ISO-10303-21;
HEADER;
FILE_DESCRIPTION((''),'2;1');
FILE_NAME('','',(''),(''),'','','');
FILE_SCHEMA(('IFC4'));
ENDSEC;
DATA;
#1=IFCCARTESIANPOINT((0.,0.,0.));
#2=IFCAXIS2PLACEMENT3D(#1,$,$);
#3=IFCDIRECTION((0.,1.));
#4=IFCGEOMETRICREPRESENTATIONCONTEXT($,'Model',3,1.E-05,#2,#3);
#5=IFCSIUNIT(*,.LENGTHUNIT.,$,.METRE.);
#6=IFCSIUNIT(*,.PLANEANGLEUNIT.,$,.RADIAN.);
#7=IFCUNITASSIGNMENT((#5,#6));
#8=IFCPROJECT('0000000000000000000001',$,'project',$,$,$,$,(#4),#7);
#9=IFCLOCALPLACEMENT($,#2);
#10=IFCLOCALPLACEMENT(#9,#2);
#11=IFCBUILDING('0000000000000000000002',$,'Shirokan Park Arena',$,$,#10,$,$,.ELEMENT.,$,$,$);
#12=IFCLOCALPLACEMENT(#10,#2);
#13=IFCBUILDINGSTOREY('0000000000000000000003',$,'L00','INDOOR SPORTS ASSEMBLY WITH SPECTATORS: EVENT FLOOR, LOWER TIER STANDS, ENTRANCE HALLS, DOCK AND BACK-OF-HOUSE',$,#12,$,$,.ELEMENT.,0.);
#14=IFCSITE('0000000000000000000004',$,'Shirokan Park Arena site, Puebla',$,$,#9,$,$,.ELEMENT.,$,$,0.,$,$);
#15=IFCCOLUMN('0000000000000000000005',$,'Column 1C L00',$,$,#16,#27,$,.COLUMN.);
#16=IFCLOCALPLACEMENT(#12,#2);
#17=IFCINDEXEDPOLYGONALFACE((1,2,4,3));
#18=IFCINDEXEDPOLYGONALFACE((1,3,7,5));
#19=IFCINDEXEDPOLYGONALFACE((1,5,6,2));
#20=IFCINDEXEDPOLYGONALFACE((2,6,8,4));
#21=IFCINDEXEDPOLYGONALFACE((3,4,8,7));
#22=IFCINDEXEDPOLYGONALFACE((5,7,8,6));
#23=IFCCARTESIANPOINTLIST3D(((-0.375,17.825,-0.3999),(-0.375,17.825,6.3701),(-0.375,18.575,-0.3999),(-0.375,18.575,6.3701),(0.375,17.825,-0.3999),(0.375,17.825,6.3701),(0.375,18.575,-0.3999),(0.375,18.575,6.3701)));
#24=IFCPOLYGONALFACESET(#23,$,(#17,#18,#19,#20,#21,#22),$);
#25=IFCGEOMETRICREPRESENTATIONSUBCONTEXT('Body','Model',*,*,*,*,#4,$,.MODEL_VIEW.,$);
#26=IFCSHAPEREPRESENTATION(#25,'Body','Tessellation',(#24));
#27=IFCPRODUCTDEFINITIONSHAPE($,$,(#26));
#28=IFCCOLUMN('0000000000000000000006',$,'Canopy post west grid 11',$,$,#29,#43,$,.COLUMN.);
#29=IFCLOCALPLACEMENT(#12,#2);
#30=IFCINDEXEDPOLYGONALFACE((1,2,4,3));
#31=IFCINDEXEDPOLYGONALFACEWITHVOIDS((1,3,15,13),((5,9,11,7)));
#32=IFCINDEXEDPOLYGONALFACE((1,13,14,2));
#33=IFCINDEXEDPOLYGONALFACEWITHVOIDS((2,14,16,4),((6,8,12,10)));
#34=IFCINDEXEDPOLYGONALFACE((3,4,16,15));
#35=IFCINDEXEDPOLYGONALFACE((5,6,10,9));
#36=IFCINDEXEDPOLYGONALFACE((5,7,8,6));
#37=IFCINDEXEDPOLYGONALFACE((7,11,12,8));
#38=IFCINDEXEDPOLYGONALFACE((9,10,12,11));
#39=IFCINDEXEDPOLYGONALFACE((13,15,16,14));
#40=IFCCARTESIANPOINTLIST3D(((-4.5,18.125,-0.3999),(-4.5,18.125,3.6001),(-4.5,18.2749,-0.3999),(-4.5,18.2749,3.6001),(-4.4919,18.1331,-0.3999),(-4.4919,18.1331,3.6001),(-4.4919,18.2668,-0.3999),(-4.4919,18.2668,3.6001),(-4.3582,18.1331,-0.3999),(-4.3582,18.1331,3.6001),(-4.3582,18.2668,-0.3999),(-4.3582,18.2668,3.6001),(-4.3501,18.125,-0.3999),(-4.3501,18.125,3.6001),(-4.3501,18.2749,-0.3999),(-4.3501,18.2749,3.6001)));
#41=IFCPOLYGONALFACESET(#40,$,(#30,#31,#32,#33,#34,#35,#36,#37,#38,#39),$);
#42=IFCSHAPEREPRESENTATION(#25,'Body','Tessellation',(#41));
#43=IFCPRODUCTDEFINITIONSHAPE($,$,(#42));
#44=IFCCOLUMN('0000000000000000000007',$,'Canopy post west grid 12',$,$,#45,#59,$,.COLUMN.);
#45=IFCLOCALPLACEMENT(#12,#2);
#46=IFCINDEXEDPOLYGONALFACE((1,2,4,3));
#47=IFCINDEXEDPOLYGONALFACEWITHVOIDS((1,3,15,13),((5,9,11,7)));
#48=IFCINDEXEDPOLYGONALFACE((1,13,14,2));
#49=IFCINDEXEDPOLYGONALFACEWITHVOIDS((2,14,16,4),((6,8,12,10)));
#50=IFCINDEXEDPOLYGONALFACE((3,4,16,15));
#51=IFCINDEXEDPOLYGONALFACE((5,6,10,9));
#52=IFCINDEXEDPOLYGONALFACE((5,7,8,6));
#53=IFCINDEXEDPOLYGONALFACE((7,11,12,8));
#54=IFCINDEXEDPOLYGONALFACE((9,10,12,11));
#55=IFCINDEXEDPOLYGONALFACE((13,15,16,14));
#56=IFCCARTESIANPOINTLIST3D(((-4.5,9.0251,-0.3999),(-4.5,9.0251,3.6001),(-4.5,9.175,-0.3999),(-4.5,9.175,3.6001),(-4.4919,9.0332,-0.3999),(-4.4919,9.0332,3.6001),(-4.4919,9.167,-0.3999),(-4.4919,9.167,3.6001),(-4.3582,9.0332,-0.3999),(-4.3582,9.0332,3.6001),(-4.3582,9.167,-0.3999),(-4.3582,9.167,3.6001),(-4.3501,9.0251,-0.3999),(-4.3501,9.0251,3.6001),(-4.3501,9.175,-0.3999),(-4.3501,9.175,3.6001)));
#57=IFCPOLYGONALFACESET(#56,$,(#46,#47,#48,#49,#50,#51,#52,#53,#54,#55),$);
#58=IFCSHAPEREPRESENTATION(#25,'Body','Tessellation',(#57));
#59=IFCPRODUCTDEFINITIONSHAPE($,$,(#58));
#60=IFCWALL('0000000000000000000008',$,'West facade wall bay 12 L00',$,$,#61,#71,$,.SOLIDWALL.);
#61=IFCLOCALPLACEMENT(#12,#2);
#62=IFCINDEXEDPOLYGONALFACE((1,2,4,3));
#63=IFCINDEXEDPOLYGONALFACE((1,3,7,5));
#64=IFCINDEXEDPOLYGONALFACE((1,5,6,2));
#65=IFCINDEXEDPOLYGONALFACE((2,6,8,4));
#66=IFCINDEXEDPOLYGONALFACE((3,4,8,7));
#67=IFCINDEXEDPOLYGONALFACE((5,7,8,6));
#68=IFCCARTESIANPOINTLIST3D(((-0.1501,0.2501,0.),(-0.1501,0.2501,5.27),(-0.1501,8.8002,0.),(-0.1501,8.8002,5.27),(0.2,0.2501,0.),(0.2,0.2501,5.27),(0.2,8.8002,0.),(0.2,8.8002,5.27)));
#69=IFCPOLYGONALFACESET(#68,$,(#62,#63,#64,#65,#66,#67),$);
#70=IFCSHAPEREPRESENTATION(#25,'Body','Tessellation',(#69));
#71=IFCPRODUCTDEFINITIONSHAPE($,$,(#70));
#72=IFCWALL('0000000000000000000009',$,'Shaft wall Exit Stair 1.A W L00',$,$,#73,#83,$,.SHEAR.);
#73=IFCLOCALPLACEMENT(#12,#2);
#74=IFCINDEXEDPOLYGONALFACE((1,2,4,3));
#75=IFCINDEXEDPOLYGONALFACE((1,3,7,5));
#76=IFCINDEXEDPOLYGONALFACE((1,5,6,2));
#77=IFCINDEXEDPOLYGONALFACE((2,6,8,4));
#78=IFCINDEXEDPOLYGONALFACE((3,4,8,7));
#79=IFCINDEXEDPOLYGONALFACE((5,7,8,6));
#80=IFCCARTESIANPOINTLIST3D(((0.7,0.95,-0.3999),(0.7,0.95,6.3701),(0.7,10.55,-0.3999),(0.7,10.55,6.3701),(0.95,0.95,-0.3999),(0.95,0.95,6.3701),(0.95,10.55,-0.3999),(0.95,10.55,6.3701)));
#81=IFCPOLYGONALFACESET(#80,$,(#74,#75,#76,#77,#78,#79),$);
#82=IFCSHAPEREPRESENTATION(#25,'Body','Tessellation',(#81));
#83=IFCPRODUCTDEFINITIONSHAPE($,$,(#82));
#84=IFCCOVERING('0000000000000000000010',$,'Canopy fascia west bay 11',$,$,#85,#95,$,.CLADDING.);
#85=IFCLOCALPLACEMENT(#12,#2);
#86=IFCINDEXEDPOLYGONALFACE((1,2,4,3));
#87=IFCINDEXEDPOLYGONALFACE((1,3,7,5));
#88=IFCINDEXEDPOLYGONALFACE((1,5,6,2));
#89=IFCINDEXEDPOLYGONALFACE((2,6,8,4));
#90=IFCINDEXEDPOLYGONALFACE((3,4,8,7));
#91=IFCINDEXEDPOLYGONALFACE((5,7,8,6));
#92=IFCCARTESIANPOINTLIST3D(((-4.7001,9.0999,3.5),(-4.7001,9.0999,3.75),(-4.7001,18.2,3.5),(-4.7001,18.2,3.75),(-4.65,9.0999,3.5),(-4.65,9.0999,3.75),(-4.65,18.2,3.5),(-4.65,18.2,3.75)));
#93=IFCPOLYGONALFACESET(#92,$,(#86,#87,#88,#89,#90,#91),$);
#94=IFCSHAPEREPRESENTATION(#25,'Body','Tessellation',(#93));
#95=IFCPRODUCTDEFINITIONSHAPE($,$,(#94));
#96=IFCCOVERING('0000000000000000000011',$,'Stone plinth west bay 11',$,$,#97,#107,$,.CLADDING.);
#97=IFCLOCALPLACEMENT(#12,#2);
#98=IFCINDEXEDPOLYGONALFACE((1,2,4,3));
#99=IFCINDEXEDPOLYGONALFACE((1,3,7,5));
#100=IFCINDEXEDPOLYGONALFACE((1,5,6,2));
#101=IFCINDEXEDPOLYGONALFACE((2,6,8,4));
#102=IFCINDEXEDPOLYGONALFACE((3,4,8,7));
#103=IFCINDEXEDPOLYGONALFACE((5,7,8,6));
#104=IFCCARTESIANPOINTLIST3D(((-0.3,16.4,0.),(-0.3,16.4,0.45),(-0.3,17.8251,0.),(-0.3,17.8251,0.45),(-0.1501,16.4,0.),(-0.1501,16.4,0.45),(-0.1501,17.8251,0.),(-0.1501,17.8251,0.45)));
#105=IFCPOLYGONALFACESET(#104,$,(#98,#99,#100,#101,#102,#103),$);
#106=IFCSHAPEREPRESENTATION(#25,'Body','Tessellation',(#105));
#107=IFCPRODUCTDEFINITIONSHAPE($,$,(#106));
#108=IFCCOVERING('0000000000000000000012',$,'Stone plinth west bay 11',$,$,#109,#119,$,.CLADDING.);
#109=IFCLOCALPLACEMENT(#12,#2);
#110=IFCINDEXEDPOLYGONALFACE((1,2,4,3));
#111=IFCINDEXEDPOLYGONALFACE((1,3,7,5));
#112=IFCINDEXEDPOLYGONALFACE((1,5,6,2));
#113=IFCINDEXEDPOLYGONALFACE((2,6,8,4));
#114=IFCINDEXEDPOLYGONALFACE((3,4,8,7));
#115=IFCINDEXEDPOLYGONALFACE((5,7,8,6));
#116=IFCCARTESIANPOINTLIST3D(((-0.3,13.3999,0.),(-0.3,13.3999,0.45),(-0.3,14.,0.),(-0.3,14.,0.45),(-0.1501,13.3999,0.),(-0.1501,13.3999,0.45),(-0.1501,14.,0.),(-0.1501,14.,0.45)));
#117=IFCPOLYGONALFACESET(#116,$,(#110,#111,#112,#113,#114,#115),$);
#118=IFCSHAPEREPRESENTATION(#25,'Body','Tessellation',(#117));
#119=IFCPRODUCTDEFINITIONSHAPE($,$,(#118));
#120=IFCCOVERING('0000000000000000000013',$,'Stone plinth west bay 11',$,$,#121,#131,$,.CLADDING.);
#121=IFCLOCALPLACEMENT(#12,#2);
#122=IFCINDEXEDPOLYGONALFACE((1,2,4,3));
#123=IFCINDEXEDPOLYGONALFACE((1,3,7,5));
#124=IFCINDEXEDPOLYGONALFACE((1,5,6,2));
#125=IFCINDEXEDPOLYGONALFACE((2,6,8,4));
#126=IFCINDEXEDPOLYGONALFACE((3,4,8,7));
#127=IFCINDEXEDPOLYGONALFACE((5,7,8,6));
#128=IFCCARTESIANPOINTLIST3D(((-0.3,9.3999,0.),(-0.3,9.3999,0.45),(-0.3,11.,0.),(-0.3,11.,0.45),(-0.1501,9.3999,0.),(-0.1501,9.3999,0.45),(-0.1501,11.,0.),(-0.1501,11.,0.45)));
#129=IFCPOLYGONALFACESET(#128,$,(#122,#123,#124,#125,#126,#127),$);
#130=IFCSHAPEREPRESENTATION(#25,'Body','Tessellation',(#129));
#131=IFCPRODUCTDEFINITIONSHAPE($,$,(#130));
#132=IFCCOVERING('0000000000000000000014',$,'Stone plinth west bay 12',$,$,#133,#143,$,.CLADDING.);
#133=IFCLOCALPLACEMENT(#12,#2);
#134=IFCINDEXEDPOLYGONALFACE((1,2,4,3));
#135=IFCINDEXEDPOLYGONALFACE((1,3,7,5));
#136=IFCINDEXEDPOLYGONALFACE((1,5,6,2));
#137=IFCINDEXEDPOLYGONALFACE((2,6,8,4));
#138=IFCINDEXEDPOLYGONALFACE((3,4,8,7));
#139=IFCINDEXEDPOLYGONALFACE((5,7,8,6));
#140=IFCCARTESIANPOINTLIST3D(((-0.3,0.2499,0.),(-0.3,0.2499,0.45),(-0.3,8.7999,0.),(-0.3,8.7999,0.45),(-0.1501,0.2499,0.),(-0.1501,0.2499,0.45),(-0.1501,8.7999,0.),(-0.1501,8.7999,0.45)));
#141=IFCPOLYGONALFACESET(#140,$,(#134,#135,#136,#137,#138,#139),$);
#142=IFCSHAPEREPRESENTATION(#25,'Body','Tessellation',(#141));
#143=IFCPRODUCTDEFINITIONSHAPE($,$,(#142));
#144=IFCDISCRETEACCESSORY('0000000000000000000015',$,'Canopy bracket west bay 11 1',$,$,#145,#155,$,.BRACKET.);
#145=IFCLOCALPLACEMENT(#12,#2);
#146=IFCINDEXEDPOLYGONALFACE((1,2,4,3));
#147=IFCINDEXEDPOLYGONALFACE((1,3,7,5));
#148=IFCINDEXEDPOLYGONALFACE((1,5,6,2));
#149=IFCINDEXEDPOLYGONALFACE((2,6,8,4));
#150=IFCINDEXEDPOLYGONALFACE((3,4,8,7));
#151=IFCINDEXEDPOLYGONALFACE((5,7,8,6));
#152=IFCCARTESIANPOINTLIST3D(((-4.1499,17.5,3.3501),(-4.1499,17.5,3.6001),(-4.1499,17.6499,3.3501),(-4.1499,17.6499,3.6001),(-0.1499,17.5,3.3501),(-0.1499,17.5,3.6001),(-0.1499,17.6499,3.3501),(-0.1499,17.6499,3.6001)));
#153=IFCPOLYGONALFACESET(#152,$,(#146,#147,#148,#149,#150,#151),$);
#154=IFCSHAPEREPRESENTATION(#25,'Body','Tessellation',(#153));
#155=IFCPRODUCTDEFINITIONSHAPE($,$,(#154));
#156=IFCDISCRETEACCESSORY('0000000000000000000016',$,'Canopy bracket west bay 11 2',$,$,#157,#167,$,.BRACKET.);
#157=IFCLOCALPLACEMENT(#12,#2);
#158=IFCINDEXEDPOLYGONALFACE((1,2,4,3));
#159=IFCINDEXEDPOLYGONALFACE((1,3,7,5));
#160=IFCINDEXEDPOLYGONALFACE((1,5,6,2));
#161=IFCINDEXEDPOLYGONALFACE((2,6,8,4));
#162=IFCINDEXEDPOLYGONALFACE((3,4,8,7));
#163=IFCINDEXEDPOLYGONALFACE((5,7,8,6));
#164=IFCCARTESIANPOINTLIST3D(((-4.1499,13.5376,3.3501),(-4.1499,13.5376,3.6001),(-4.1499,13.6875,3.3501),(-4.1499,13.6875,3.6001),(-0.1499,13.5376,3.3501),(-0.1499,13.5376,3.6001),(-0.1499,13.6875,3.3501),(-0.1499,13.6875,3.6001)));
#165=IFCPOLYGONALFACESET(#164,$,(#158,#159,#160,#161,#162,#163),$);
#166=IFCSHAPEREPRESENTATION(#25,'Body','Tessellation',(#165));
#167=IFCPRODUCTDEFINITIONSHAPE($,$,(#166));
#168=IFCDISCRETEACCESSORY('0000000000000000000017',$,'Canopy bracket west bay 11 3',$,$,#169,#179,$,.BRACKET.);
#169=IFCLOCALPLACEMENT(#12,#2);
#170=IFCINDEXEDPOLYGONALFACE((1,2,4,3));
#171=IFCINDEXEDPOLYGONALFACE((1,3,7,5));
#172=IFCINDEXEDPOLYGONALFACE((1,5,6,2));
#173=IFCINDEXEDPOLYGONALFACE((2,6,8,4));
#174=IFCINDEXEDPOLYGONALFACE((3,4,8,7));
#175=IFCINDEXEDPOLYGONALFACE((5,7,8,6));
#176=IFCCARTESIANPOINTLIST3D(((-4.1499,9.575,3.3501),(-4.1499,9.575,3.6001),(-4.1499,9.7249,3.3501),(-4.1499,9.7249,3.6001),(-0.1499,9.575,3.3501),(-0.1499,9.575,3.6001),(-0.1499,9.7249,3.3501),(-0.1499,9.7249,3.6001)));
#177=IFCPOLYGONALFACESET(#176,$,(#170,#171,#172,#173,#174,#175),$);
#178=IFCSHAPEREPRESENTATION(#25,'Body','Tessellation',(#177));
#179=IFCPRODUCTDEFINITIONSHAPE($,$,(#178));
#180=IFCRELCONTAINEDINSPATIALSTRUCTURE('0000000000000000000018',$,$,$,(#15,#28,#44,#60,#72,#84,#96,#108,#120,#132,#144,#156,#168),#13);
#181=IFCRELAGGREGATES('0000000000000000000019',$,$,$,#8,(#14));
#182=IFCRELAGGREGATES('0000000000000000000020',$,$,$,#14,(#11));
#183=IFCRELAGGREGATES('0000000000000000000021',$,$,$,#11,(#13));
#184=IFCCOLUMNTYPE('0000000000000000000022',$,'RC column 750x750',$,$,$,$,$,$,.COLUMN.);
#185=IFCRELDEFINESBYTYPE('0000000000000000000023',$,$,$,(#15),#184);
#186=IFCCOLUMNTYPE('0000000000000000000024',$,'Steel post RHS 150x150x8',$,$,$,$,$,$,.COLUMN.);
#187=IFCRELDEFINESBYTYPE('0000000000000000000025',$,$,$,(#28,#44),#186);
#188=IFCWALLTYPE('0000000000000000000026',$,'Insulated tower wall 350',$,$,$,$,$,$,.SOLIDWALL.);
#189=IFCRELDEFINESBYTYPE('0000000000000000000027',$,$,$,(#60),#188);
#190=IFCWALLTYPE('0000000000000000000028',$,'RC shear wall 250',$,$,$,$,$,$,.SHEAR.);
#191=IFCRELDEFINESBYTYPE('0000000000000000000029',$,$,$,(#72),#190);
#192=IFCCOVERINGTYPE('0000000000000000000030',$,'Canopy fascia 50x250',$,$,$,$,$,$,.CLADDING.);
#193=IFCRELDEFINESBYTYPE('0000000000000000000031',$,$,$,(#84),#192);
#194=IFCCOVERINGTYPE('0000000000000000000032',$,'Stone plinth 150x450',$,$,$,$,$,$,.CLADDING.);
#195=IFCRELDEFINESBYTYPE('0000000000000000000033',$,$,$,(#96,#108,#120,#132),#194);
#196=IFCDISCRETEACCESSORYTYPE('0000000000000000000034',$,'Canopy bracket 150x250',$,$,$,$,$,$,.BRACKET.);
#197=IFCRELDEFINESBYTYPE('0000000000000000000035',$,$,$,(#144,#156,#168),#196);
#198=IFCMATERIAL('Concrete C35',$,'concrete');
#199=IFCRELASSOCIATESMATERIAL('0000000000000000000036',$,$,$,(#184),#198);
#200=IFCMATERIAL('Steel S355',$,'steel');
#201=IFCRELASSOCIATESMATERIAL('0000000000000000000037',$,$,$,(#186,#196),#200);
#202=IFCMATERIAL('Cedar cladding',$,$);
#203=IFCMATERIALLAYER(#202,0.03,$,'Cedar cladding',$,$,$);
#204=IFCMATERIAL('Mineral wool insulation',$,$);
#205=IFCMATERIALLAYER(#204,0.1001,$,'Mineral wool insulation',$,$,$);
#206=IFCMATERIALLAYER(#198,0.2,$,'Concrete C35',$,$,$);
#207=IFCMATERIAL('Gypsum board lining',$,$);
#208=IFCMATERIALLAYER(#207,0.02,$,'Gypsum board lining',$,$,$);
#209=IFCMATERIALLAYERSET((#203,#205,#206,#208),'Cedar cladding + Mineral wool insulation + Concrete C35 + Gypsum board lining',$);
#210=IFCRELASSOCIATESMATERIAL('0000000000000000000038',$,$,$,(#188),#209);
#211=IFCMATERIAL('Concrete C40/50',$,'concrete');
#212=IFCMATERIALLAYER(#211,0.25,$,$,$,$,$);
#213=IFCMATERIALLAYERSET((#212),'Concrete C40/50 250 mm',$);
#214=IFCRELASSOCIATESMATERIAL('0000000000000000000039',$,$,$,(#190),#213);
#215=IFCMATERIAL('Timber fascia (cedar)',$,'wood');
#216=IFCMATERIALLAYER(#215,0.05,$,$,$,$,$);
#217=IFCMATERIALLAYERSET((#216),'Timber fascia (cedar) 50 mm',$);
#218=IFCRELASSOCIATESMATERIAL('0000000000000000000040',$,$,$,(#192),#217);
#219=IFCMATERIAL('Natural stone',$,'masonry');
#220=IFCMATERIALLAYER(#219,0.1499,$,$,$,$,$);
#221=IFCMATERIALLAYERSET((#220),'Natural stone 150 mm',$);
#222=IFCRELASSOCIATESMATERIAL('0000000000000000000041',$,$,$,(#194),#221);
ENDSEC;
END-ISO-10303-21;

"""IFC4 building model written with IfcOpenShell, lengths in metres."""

from ifc_helpers import new_model, si_unit, direction, frame, frame_2d, origin, origin_2d, place, context, subcontext, project, spatial, rectangle, hollow_rectangle, extrude, material, layer, layer_set, material_profile, profile_set, type_object, element, save


model = new_model("IFC4")

# Units and contexts
model_context = context("Model", 3, precision=1e-05, world=origin(), true_north=direction((0.0, 1.0)))
body_context = subcontext(model_context, "Body", "Model", "MODEL_VIEW")
ifc_project = project(units=[si_unit("LENGTHUNIT", "METRE"), si_unit("PLANEANGLEUNIT", "RADIAN")], contexts=[model_context])

# Site, building, storey
site_placement = place(None, origin())
site = spatial("IfcSite", under=ifc_project, at=site_placement, Name="Shirokan Park Arena site, Puebla", CompositionType="ELEMENT", RefElevation=0.0)
building_placement = place(site_placement, origin())
building = spatial("IfcBuilding", under=site, at=building_placement, Name="Shirokan Park Arena", CompositionType="ELEMENT")
storey_placement = place(building_placement, origin())
storey = spatial("IfcBuildingStorey", under=building, at=storey_placement, Name="L00", Description="INDOOR SPORTS ASSEMBLY WITH SPECTATORS: EVENT FLOOR, LOWER TIER STANDS, ENTRANCE HALLS, DOCK AND BACK-OF-HOUSE", CompositionType="ELEMENT", Elevation=0.0)

# Columns
ifc_material_1 = material(Name="Concrete C35", Category="concrete")
ifc_material_profile_1 = material_profile(ifc_material_1, rectangle(XDim=0.75, YDim=0.75, at=origin_2d()), Name="750x750")
ifc_profile_set_1 = profile_set([ifc_material_profile_1], Name="Concrete C35")
column_type_1 = type_object("IfcColumnType", Name="RC column 750x750", PredefinedType="COLUMN", material=ifc_profile_set_1)
column_1_placement = place(storey_placement, frame((0.0, 18.2, -0.3999), z_axis=(0.0, 0.0, 1.0), x_axis=(1.0, 0.0, 0.0)))
element("IfcColumn", 1, at=column_1_placement, inside=storey, type_object=column_type_1, Name="Column 1C L00", PredefinedType="COLUMN", context=body_context, shape_type="SweptSolid", body=[
    extrude(rectangle(XDim=0.75, YDim=0.75, at=origin_2d()), origin(), (0.0, 0.0, 1.0), 6.77),
])
ifc_material_2 = material(Name="Steel S355", Category="steel")
ifc_material_profile_2 = material_profile(ifc_material_2, hollow_rectangle(XDim=0.1499, YDim=0.1499, WallThickness=0.0081, at=origin_2d()), Name="RHS 150x150x8")
ifc_profile_set_2 = profile_set([ifc_material_profile_2], Name="Steel S355")
column_type_2 = type_object("IfcColumnType", Name="Steel post RHS 150x150x8", PredefinedType="COLUMN", material=ifc_profile_set_2)
for number, where, z_axis, x_axis, name in (
    (2, (-4.425, 18.2, -0.3999), (0.0, 0.0, 1.0), (1.0, 0.0, 0.0), "Canopy post west grid 11"),
    (3, (-4.425, 9.1001, -0.3999), (0.0, 0.0, 1.0), (1.0, 0.0, 0.0), "Canopy post west grid 12"),
):
    element("IfcColumn", number, at=place(storey_placement, frame(where, z_axis=z_axis, x_axis=x_axis)), inside=storey, type_object=column_type_2, Name=name, PredefinedType="COLUMN", context=body_context, shape_type="SweptSolid", body=[
        extrude(hollow_rectangle(XDim=0.1499, YDim=0.1499, WallThickness=0.0081, at=origin_2d()), origin(), (0.0, 0.0, 1.0), 4.0),
    ])

# Shared definitions
ifc_material_3 = material(Name="Cedar cladding")
ifc_layer_1 = layer(ifc_material_3, 0.03, Name="Cedar cladding")
ifc_material_4 = material(Name="Mineral wool insulation")
ifc_layer_2 = layer(ifc_material_4, 0.1001, Name="Mineral wool insulation")
ifc_layer_3 = layer(ifc_material_1, 0.2, Name="Concrete C35")
ifc_material_5 = material(Name="Gypsum board lining")
ifc_layer_4 = layer(ifc_material_5, 0.02, Name="Gypsum board lining")
ifc_layer_set_1 = layer_set([ifc_layer_1, ifc_layer_2, ifc_layer_3, ifc_layer_4], Name="Cedar cladding + Mineral wool insulation + Concrete C35 + Gypsum board lining")
wall_type_1 = type_object("IfcWallType", Name="Insulated tower wall 350", PredefinedType="SOLIDWALL", material=ifc_layer_set_1)

# Walls
wall_1_placement = place(storey_placement, frame((0.0249, 8.8, 0.0), z_axis=(0.0, 0.0, 1.0), x_axis=(0.0, -1.0, 0.0)))
element("IfcWall", 4, at=wall_1_placement, inside=storey, type_object=wall_type_1, Name="West facade wall bay 12 L00", PredefinedType="SOLIDWALL", context=body_context, shape_type="SweptSolid", body=[
    extrude(rectangle(XDim=8.55, YDim=0.3501, at=frame_2d((4.2749, 0.0))), origin(), (0.0, 0.0, 1.0), 5.27),
])
ifc_material_6 = material(Name="Concrete C40/50", Category="concrete")
ifc_layer_5 = layer(ifc_material_6, 0.25)
ifc_layer_set_2 = layer_set([ifc_layer_5], Name="Concrete C40/50 250 mm")
wall_type_2 = type_object("IfcWallType", Name="RC shear wall 250", PredefinedType="SHEAR", material=ifc_layer_set_2)
wall_2_placement = place(storey_placement, frame((0.825, 10.55, -0.3999), z_axis=(0.0, 0.0, 1.0), x_axis=(0.0, -1.0, 0.0)))
element("IfcWall", 5, at=wall_2_placement, inside=storey, type_object=wall_type_2, Name="Shaft wall Exit Stair 1.A W L00", PredefinedType="SHEAR", context=body_context, shape_type="SweptSolid", body=[
    extrude(rectangle(XDim=9.6001, YDim=0.25, at=frame_2d((4.8, 0.0))), origin(), (0.0, 0.0, 1.0), 6.77),
])

# Covering
ifc_material_7 = material(Name="Timber fascia (cedar)", Category="wood")
ifc_layer_6 = layer(ifc_material_7, 0.05)
ifc_layer_set_3 = layer_set([ifc_layer_6], Name="Timber fascia (cedar) 50 mm")
covering_type_1 = type_object("IfcCoveringType", Name="Canopy fascia 50x250", PredefinedType="CLADDING", material=ifc_layer_set_3)
covering_1_placement = place(storey_placement, frame((-4.675, 13.6499, 3.5), z_axis=(0.0, 0.0, 1.0), x_axis=(0.0, -1.0, 0.0)))
element("IfcCovering", 6, at=covering_1_placement, inside=storey, type_object=covering_type_1, Name="Canopy fascia west bay 11", PredefinedType="CLADDING", context=body_context, shape_type="SweptSolid", body=[
    extrude(rectangle(XDim=9.1001, YDim=0.05, at=origin_2d()), origin(), (0.0, 0.0, 1.0), 0.25),
])

# Coverings
ifc_material_8 = material(Name="Natural stone", Category="masonry")
ifc_layer_7 = layer(ifc_material_8, 0.1499)
ifc_layer_set_4 = layer_set([ifc_layer_7], Name="Natural stone 150 mm")
covering_type_2 = type_object("IfcCoveringType", Name="Stone plinth 150x450", PredefinedType="CLADDING", material=ifc_layer_set_4)
covering_2_placement = place(storey_placement, frame((-0.2251, 17.1125, 0.0), z_axis=(0.0, 0.0, 1.0), x_axis=(0.0, -1.0, 0.0)))
element("IfcCovering", 7, at=covering_2_placement, inside=storey, type_object=covering_type_2, Name="Stone plinth west bay 11", PredefinedType="CLADDING", context=body_context, shape_type="SweptSolid", body=[
    extrude(rectangle(XDim=1.425, YDim=0.1499, at=origin_2d()), origin(), (0.0, 0.0, 1.0), 0.45),
])
covering_3_placement = place(storey_placement, frame((-0.2251, 13.7, 0.0), z_axis=(0.0, 0.0, 1.0), x_axis=(0.0, -1.0, 0.0)))
element("IfcCovering", 8, at=covering_3_placement, inside=storey, type_object=covering_type_2, Name="Stone plinth west bay 11", PredefinedType="CLADDING", context=body_context, shape_type="SweptSolid", body=[
    extrude(rectangle(XDim=0.6001, YDim=0.1499, at=origin_2d()), origin(), (0.0, 0.0, 1.0), 0.45),
])
covering_4_placement = place(storey_placement, frame((-0.2251, 10.2, 0.0), z_axis=(0.0, 0.0, 1.0), x_axis=(0.0, -1.0, 0.0)))
element("IfcCovering", 9, at=covering_4_placement, inside=storey, type_object=covering_type_2, Name="Stone plinth west bay 11", PredefinedType="CLADDING", context=body_context, shape_type="SweptSolid", body=[
    extrude(rectangle(XDim=1.6001, YDim=0.1499, at=origin_2d()), origin(), (0.0, 0.0, 1.0), 0.45),
])
covering_5_placement = place(storey_placement, frame((-0.2251, 4.5249, 0.0), z_axis=(0.0, 0.0, 1.0), x_axis=(0.0, -1.0, 0.0)))
element("IfcCovering", 10, at=covering_5_placement, inside=storey, type_object=covering_type_2, Name="Stone plinth west bay 12", PredefinedType="CLADDING", context=body_context, shape_type="SweptSolid", body=[
    extrude(rectangle(XDim=8.55, YDim=0.1499, at=origin_2d()), origin(), (0.0, 0.0, 1.0), 0.45),
])

# Discrete accessories
discrete_accessory_type = type_object("IfcDiscreteAccessoryType", Name="Canopy bracket 150x250", PredefinedType="BRACKET", material=ifc_material_2)
for number, where, z_axis, x_axis, name in (
    (11, (-2.1499, 17.575, 3.3501), (0.0, 0.0, 1.0), (0.0, -1.0, 0.0), "Canopy bracket west bay 11 1"),
    (12, (-2.1499, 13.6125, 3.3501), (0.0, 0.0, 1.0), (0.0, -1.0, 0.0), "Canopy bracket west bay 11 2"),
    (13, (-2.1499, 9.6499, 3.3501), (0.0, 0.0, 1.0), (0.0, -1.0, 0.0), "Canopy bracket west bay 11 3"),
):
    element("IfcDiscreteAccessory", number, at=place(storey_placement, frame(where, z_axis=z_axis, x_axis=x_axis)), inside=storey, type_object=discrete_accessory_type, Name=name, PredefinedType="BRACKET", context=body_context, shape_type="SweptSolid", body=[
        extrude(rectangle(XDim=0.1499, YDim=4.0, at=origin_2d()), origin(), (0.0, 0.0, 1.0), 0.25),
    ])

save(model, "model.ifc")
